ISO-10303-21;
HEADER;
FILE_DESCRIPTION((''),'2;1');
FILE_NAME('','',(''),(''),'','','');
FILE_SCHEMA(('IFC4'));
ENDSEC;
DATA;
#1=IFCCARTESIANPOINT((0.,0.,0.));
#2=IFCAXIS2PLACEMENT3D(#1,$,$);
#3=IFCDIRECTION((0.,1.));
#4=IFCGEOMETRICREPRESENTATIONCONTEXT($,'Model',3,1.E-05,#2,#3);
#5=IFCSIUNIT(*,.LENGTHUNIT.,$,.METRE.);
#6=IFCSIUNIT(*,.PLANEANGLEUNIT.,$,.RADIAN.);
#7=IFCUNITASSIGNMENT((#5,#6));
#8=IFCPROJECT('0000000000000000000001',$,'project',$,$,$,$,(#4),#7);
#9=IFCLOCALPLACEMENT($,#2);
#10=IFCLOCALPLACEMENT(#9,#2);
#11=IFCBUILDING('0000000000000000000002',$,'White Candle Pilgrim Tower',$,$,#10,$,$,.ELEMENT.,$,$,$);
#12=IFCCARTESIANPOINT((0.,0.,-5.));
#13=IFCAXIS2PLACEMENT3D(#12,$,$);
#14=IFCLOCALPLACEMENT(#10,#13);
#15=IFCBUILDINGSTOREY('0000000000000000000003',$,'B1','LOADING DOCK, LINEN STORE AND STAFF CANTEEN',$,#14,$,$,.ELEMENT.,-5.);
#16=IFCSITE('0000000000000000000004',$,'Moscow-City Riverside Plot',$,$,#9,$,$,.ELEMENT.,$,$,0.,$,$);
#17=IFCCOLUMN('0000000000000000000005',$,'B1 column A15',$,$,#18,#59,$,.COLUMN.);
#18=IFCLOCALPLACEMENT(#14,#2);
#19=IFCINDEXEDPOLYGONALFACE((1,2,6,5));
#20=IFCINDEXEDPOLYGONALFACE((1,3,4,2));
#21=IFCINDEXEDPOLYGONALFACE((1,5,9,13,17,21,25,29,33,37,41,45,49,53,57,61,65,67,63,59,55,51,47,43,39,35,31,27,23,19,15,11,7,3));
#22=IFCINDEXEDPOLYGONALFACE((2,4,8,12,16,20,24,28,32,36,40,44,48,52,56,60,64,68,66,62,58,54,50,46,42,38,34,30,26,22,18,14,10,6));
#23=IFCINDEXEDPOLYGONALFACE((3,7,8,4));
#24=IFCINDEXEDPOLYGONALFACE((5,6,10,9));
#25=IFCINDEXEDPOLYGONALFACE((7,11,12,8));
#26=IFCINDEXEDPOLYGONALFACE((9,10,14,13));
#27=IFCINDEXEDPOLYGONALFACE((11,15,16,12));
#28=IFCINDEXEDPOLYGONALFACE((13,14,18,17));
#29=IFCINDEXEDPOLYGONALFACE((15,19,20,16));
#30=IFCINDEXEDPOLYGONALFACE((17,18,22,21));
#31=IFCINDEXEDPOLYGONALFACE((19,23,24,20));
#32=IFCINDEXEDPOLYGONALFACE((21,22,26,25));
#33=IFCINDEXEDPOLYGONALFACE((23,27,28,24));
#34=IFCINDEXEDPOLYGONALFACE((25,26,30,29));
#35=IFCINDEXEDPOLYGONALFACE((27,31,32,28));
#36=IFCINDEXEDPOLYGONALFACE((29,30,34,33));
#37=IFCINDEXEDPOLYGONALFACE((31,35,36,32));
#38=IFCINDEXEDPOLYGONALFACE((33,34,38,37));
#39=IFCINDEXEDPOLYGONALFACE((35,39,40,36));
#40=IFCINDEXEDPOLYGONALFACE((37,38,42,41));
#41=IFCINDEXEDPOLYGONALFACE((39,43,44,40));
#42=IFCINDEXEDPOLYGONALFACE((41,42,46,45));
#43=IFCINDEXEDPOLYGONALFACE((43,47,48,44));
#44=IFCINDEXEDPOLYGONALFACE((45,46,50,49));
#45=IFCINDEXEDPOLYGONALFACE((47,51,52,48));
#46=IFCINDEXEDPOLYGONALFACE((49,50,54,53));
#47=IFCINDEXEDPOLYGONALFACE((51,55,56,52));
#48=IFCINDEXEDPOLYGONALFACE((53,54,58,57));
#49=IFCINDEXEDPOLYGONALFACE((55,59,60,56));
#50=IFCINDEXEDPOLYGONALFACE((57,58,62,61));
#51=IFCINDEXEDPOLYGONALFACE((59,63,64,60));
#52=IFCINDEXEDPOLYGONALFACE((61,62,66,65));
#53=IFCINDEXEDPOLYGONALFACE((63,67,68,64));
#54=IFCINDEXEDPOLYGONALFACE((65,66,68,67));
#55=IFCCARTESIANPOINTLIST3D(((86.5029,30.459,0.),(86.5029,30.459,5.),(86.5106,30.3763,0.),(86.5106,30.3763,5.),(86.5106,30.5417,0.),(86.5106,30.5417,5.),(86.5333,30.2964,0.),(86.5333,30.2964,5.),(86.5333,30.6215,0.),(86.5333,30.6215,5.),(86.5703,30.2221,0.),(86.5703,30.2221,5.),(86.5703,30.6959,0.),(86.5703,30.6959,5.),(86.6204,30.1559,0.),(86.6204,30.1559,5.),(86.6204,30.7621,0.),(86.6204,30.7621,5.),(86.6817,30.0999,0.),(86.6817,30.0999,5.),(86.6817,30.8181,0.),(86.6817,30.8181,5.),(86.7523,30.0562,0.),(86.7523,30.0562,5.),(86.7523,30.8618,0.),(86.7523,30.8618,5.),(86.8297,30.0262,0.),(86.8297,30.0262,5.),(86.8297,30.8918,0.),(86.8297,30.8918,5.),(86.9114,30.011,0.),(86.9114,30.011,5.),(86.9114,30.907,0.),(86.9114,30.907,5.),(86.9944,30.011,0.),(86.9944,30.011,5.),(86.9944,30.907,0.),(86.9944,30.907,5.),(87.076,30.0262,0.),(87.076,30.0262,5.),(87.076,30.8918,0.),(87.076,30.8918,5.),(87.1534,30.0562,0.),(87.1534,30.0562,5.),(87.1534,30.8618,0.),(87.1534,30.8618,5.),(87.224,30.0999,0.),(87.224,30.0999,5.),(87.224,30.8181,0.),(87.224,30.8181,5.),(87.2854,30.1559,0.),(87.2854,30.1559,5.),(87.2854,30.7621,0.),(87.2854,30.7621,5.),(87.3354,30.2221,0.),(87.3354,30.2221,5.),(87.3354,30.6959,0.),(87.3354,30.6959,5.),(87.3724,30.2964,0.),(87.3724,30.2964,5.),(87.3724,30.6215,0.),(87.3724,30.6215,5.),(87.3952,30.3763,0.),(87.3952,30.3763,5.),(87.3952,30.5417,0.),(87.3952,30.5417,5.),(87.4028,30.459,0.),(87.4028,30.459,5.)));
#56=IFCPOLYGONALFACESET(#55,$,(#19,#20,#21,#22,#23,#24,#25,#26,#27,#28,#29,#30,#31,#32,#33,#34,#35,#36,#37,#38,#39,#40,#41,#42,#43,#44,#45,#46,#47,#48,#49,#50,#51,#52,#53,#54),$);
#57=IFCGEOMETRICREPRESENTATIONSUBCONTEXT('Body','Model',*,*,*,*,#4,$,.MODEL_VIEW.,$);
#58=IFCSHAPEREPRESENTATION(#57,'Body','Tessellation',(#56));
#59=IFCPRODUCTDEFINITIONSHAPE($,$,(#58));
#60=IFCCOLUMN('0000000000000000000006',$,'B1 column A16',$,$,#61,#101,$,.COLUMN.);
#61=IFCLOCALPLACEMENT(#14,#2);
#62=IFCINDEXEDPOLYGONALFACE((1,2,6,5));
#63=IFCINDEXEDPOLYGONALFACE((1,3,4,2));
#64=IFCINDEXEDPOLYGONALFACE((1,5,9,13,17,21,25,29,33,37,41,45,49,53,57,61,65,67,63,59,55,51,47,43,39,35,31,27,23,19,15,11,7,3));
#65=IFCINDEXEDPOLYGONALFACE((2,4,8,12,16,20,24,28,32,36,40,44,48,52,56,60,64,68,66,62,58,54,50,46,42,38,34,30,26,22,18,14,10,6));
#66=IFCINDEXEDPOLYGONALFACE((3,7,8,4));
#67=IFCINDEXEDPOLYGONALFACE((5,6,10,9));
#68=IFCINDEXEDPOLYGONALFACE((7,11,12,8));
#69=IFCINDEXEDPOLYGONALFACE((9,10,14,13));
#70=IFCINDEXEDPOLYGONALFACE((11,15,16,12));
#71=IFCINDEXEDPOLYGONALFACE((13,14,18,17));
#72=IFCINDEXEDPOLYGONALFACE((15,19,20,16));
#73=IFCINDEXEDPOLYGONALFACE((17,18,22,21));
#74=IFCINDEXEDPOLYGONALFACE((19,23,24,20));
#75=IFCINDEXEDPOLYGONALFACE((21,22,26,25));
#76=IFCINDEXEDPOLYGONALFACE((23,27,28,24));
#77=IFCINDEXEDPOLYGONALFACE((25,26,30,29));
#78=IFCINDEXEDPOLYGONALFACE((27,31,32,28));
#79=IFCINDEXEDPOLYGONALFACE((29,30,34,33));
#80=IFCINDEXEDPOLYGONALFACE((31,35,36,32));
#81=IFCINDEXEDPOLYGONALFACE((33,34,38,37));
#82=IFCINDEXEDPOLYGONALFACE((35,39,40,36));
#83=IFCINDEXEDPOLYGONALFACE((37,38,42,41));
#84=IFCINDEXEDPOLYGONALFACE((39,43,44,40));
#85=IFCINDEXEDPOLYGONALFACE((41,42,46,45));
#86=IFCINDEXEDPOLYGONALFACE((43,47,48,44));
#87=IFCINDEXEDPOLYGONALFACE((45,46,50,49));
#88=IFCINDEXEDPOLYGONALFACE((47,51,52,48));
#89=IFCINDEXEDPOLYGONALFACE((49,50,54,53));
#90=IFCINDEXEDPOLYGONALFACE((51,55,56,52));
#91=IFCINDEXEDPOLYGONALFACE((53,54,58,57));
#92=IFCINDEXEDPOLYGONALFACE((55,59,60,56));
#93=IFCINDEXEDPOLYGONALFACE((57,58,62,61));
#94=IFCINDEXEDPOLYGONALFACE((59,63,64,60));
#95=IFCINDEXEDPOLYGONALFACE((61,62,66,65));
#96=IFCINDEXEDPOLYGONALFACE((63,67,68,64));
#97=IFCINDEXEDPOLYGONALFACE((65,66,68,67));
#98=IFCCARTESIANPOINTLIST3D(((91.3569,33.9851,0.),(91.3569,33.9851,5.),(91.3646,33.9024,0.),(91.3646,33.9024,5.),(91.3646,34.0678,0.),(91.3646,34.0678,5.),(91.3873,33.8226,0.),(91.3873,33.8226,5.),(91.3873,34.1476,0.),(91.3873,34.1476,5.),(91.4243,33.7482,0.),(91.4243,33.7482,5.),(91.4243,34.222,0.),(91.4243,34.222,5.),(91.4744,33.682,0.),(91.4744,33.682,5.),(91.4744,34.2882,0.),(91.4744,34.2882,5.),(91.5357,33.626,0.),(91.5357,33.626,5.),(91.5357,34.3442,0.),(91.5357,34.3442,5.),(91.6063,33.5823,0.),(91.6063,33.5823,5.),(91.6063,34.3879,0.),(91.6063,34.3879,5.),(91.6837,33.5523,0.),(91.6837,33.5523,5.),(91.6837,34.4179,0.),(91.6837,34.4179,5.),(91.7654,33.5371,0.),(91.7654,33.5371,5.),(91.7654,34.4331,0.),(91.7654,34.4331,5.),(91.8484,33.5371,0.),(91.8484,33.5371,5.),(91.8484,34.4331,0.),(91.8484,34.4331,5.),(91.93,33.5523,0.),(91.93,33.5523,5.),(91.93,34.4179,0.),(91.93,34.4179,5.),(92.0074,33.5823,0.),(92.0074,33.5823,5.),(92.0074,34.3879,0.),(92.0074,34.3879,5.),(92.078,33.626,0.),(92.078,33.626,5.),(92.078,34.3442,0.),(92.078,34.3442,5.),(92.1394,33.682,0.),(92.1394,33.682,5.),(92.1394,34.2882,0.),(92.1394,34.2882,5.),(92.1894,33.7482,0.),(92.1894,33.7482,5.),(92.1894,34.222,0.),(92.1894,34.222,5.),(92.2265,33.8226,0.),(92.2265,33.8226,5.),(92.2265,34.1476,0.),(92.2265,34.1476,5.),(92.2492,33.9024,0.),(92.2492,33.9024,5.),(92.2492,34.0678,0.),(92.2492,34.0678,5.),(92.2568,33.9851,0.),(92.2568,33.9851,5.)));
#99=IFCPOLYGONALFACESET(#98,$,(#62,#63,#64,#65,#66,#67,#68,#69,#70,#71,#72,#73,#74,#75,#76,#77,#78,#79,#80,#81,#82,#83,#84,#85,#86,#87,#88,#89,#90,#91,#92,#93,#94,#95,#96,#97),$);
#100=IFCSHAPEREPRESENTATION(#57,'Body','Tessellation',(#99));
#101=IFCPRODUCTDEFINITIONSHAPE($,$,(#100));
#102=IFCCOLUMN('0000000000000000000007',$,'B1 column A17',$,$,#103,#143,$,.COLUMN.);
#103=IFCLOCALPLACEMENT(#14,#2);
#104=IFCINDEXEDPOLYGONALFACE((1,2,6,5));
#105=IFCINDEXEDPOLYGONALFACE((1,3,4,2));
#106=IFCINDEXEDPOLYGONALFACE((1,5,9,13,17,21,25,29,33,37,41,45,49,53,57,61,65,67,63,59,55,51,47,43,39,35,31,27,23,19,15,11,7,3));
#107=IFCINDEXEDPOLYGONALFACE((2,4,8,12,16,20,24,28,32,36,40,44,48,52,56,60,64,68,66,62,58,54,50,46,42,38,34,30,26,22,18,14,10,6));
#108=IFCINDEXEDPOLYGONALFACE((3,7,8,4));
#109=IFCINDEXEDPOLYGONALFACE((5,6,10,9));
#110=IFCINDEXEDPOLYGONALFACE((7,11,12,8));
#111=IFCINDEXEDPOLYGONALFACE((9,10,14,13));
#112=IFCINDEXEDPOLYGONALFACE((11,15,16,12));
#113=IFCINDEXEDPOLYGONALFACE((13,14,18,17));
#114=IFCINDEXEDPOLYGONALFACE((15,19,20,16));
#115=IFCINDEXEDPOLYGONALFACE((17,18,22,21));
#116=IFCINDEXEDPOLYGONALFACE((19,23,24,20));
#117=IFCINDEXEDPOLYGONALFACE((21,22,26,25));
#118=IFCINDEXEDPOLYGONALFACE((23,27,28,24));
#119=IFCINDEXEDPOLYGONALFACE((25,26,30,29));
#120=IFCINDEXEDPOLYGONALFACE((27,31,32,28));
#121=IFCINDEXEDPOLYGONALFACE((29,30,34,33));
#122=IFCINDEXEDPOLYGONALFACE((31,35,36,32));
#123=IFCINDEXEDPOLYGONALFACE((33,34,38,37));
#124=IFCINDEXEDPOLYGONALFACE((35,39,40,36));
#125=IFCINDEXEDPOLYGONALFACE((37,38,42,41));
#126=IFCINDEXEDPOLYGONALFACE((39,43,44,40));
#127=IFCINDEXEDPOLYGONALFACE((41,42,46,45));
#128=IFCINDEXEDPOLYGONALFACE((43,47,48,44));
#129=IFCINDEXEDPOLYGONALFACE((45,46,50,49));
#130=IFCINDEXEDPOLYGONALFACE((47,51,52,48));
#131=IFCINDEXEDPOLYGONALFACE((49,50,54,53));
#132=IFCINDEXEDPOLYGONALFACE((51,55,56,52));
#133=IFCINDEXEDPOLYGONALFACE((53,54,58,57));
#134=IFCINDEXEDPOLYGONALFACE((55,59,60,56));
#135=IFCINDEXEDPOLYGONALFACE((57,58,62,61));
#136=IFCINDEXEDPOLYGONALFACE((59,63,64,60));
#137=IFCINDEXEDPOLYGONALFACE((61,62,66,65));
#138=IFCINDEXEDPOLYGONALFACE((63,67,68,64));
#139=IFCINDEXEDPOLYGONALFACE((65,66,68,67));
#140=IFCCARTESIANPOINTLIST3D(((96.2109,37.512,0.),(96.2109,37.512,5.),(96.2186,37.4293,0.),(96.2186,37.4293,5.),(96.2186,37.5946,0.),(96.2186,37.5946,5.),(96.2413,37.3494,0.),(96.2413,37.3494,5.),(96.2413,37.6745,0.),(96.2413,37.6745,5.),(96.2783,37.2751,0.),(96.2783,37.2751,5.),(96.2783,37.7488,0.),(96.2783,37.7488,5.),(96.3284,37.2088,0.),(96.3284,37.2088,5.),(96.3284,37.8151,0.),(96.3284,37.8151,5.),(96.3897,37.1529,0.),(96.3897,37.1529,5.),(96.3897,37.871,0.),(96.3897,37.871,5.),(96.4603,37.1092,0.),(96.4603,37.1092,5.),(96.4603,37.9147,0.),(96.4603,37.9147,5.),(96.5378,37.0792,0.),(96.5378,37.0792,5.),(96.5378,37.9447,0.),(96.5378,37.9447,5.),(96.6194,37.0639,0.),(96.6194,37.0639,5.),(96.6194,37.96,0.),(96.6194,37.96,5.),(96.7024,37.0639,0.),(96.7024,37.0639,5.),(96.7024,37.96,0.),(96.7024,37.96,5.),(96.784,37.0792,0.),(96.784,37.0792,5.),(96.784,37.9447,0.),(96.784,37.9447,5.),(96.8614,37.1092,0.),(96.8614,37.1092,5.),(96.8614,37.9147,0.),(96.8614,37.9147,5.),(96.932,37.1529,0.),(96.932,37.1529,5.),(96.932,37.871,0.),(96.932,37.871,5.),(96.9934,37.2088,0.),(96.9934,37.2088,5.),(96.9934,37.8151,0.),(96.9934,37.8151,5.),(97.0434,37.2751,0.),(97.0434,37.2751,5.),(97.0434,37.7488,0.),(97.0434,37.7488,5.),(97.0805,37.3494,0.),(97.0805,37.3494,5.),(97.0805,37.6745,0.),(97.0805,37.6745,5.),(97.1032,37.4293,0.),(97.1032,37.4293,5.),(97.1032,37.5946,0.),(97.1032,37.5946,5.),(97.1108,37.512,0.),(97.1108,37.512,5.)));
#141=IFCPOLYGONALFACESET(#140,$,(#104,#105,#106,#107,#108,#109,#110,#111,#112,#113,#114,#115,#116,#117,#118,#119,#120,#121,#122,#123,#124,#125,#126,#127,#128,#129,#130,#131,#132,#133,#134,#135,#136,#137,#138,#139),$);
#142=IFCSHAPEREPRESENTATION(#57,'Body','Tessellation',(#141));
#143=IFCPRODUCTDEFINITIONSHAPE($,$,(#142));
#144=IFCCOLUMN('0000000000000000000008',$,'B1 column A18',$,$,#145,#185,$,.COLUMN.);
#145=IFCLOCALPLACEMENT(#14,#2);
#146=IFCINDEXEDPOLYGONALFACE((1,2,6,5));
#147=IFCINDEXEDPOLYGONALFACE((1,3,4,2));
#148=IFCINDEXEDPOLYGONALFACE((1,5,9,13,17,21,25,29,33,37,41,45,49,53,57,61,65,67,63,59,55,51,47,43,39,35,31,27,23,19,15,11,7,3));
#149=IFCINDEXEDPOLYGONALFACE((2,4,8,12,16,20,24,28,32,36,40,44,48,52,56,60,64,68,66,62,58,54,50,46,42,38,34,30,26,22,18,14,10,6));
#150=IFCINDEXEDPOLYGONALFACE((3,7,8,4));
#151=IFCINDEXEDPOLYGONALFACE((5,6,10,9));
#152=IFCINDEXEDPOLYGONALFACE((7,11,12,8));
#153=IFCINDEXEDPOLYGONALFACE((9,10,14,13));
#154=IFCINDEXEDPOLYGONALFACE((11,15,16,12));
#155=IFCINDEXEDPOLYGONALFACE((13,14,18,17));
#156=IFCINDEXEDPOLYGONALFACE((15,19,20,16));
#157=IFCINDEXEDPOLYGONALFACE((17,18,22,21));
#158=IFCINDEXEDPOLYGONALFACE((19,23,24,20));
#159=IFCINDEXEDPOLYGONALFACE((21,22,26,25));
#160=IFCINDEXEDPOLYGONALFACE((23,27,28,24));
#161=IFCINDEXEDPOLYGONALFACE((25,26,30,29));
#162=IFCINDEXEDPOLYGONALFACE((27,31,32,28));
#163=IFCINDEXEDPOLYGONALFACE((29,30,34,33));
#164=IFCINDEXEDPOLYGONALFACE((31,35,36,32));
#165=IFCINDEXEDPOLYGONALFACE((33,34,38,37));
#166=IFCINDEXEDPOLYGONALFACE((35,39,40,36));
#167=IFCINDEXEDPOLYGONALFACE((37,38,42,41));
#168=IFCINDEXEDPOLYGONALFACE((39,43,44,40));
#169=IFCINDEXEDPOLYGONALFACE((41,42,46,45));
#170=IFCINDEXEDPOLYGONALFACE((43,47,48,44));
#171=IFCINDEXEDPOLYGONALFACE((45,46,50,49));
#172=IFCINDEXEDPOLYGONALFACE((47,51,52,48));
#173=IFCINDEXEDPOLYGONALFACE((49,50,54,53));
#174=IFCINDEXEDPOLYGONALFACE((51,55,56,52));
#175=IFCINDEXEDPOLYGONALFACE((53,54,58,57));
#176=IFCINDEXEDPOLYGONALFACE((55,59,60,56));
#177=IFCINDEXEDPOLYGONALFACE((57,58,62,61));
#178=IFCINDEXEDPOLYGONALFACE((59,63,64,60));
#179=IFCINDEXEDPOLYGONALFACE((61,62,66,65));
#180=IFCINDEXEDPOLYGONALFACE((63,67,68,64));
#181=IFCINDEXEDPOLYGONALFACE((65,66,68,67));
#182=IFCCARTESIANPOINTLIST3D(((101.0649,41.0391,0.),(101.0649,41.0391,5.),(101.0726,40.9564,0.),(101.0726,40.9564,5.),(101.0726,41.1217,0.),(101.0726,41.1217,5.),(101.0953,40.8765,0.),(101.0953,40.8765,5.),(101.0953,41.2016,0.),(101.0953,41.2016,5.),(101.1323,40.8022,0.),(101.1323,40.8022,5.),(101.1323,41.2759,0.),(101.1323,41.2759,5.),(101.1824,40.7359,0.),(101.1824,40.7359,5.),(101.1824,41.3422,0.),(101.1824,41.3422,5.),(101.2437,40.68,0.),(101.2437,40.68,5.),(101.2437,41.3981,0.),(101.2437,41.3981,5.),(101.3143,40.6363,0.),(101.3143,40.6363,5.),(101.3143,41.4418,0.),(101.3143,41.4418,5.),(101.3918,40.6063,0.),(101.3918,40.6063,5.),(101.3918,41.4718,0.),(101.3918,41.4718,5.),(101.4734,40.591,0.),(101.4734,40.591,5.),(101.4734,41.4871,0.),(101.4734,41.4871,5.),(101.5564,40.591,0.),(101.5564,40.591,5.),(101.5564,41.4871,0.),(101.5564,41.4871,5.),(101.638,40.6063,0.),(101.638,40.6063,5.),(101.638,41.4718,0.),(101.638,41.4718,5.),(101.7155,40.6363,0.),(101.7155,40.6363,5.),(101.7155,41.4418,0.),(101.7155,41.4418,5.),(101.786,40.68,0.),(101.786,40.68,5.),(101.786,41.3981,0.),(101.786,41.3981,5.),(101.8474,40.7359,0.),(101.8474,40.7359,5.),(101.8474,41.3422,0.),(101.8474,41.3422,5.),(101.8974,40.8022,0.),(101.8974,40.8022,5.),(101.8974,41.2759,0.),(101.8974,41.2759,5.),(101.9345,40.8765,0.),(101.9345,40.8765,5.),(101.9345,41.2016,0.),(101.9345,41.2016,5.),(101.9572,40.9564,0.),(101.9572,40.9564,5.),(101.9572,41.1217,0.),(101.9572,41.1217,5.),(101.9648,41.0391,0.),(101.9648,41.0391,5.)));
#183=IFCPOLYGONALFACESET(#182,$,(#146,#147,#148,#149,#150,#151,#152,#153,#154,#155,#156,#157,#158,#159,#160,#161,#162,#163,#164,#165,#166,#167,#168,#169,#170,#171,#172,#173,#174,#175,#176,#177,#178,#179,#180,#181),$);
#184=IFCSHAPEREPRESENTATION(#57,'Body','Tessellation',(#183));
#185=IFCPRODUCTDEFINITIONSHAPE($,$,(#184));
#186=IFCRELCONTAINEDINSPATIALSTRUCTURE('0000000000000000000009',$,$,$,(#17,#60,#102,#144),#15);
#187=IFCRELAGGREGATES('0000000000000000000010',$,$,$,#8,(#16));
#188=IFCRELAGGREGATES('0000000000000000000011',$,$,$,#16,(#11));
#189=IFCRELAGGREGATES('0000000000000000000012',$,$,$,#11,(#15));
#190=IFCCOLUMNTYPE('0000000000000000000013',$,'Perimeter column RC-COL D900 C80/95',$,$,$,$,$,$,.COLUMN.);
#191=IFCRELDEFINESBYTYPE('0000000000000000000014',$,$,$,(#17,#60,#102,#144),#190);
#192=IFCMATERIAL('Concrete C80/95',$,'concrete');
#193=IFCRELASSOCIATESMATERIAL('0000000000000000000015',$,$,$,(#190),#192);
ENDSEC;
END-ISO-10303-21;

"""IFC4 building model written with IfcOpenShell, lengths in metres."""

from ifc_helpers import new_model, si_unit, direction, frame, origin, origin_2d, place, context, subcontext, project, spatial, circle, extrude, material, material_profile, profile_set, type_object, element, save


model = new_model("IFC4")

# Units and contexts
model_context = context("Model", 3, precision=1e-05, world=origin(), true_north=direction((0.0, 1.0)))
body_context = subcontext(model_context, "Body", "Model", "MODEL_VIEW")
ifc_project = project(units=[si_unit("LENGTHUNIT", "METRE"), si_unit("PLANEANGLEUNIT", "RADIAN")], contexts=[model_context])

# Site, building, storey
site_placement = place(None, origin())
site = spatial("IfcSite", under=ifc_project, at=site_placement, Name="Moscow-City Riverside Plot", CompositionType="ELEMENT", RefElevation=0.0)
building_placement = place(site_placement, origin())
building = spatial("IfcBuilding", under=site, at=building_placement, Name="White Candle Pilgrim Tower", CompositionType="ELEMENT")
storey_placement = place(building_placement, frame((0.0, 0.0, -5.0)))
storey = spatial("IfcBuildingStorey", under=building, at=storey_placement, Name="B1", Description="LOADING DOCK, LINEN STORE AND STAFF CANTEEN", CompositionType="ELEMENT", Elevation=-5.0)

# Columns
ifc_material_1 = material(Name="Concrete C80/95", Category="concrete")
ifc_material_profile_1 = material_profile(ifc_material_1, circle(Radius=0.45, at=origin_2d()), Name="RC-COL D900")
ifc_profile_set_1 = profile_set([ifc_material_profile_1], Name="Concrete C80/95")
column_type = type_object("IfcColumnType", Name="Perimeter column RC-COL D900 C80/95", PredefinedType="COLUMN", material=ifc_profile_set_1)
for number, where, z_axis, x_axis, name in (
    (1, (86.9529, 30.459, 0.0), (0.0, 0.0, 1.0), (1.0, 0.0, 0.0), "B1 column A15"),
    (2, (91.8069, 33.9851, 0.0), (0.0, 0.0, 1.0), (1.0, 0.0, 0.0), "B1 column A16"),
    (3, (96.6609, 37.512, 0.0), (0.0, 0.0, 1.0), (1.0, 0.0, 0.0), "B1 column A17"),
    (4, (101.5149, 41.0391, 0.0), (0.0, 0.0, 1.0), (1.0, 0.0, 0.0), "B1 column A18"),
):
    element("IfcColumn", number, at=place(storey_placement, frame(where, z_axis=z_axis, x_axis=x_axis)), inside=storey, type_object=column_type, Name=name, PredefinedType="COLUMN", context=body_context, shape_type="SweptSolid", body=[
        extrude(circle(Radius=0.45, at=origin_2d()), origin(), (0.0, 0.0, 1.0), 5.0),
    ])

save(model, "model.ifc")
